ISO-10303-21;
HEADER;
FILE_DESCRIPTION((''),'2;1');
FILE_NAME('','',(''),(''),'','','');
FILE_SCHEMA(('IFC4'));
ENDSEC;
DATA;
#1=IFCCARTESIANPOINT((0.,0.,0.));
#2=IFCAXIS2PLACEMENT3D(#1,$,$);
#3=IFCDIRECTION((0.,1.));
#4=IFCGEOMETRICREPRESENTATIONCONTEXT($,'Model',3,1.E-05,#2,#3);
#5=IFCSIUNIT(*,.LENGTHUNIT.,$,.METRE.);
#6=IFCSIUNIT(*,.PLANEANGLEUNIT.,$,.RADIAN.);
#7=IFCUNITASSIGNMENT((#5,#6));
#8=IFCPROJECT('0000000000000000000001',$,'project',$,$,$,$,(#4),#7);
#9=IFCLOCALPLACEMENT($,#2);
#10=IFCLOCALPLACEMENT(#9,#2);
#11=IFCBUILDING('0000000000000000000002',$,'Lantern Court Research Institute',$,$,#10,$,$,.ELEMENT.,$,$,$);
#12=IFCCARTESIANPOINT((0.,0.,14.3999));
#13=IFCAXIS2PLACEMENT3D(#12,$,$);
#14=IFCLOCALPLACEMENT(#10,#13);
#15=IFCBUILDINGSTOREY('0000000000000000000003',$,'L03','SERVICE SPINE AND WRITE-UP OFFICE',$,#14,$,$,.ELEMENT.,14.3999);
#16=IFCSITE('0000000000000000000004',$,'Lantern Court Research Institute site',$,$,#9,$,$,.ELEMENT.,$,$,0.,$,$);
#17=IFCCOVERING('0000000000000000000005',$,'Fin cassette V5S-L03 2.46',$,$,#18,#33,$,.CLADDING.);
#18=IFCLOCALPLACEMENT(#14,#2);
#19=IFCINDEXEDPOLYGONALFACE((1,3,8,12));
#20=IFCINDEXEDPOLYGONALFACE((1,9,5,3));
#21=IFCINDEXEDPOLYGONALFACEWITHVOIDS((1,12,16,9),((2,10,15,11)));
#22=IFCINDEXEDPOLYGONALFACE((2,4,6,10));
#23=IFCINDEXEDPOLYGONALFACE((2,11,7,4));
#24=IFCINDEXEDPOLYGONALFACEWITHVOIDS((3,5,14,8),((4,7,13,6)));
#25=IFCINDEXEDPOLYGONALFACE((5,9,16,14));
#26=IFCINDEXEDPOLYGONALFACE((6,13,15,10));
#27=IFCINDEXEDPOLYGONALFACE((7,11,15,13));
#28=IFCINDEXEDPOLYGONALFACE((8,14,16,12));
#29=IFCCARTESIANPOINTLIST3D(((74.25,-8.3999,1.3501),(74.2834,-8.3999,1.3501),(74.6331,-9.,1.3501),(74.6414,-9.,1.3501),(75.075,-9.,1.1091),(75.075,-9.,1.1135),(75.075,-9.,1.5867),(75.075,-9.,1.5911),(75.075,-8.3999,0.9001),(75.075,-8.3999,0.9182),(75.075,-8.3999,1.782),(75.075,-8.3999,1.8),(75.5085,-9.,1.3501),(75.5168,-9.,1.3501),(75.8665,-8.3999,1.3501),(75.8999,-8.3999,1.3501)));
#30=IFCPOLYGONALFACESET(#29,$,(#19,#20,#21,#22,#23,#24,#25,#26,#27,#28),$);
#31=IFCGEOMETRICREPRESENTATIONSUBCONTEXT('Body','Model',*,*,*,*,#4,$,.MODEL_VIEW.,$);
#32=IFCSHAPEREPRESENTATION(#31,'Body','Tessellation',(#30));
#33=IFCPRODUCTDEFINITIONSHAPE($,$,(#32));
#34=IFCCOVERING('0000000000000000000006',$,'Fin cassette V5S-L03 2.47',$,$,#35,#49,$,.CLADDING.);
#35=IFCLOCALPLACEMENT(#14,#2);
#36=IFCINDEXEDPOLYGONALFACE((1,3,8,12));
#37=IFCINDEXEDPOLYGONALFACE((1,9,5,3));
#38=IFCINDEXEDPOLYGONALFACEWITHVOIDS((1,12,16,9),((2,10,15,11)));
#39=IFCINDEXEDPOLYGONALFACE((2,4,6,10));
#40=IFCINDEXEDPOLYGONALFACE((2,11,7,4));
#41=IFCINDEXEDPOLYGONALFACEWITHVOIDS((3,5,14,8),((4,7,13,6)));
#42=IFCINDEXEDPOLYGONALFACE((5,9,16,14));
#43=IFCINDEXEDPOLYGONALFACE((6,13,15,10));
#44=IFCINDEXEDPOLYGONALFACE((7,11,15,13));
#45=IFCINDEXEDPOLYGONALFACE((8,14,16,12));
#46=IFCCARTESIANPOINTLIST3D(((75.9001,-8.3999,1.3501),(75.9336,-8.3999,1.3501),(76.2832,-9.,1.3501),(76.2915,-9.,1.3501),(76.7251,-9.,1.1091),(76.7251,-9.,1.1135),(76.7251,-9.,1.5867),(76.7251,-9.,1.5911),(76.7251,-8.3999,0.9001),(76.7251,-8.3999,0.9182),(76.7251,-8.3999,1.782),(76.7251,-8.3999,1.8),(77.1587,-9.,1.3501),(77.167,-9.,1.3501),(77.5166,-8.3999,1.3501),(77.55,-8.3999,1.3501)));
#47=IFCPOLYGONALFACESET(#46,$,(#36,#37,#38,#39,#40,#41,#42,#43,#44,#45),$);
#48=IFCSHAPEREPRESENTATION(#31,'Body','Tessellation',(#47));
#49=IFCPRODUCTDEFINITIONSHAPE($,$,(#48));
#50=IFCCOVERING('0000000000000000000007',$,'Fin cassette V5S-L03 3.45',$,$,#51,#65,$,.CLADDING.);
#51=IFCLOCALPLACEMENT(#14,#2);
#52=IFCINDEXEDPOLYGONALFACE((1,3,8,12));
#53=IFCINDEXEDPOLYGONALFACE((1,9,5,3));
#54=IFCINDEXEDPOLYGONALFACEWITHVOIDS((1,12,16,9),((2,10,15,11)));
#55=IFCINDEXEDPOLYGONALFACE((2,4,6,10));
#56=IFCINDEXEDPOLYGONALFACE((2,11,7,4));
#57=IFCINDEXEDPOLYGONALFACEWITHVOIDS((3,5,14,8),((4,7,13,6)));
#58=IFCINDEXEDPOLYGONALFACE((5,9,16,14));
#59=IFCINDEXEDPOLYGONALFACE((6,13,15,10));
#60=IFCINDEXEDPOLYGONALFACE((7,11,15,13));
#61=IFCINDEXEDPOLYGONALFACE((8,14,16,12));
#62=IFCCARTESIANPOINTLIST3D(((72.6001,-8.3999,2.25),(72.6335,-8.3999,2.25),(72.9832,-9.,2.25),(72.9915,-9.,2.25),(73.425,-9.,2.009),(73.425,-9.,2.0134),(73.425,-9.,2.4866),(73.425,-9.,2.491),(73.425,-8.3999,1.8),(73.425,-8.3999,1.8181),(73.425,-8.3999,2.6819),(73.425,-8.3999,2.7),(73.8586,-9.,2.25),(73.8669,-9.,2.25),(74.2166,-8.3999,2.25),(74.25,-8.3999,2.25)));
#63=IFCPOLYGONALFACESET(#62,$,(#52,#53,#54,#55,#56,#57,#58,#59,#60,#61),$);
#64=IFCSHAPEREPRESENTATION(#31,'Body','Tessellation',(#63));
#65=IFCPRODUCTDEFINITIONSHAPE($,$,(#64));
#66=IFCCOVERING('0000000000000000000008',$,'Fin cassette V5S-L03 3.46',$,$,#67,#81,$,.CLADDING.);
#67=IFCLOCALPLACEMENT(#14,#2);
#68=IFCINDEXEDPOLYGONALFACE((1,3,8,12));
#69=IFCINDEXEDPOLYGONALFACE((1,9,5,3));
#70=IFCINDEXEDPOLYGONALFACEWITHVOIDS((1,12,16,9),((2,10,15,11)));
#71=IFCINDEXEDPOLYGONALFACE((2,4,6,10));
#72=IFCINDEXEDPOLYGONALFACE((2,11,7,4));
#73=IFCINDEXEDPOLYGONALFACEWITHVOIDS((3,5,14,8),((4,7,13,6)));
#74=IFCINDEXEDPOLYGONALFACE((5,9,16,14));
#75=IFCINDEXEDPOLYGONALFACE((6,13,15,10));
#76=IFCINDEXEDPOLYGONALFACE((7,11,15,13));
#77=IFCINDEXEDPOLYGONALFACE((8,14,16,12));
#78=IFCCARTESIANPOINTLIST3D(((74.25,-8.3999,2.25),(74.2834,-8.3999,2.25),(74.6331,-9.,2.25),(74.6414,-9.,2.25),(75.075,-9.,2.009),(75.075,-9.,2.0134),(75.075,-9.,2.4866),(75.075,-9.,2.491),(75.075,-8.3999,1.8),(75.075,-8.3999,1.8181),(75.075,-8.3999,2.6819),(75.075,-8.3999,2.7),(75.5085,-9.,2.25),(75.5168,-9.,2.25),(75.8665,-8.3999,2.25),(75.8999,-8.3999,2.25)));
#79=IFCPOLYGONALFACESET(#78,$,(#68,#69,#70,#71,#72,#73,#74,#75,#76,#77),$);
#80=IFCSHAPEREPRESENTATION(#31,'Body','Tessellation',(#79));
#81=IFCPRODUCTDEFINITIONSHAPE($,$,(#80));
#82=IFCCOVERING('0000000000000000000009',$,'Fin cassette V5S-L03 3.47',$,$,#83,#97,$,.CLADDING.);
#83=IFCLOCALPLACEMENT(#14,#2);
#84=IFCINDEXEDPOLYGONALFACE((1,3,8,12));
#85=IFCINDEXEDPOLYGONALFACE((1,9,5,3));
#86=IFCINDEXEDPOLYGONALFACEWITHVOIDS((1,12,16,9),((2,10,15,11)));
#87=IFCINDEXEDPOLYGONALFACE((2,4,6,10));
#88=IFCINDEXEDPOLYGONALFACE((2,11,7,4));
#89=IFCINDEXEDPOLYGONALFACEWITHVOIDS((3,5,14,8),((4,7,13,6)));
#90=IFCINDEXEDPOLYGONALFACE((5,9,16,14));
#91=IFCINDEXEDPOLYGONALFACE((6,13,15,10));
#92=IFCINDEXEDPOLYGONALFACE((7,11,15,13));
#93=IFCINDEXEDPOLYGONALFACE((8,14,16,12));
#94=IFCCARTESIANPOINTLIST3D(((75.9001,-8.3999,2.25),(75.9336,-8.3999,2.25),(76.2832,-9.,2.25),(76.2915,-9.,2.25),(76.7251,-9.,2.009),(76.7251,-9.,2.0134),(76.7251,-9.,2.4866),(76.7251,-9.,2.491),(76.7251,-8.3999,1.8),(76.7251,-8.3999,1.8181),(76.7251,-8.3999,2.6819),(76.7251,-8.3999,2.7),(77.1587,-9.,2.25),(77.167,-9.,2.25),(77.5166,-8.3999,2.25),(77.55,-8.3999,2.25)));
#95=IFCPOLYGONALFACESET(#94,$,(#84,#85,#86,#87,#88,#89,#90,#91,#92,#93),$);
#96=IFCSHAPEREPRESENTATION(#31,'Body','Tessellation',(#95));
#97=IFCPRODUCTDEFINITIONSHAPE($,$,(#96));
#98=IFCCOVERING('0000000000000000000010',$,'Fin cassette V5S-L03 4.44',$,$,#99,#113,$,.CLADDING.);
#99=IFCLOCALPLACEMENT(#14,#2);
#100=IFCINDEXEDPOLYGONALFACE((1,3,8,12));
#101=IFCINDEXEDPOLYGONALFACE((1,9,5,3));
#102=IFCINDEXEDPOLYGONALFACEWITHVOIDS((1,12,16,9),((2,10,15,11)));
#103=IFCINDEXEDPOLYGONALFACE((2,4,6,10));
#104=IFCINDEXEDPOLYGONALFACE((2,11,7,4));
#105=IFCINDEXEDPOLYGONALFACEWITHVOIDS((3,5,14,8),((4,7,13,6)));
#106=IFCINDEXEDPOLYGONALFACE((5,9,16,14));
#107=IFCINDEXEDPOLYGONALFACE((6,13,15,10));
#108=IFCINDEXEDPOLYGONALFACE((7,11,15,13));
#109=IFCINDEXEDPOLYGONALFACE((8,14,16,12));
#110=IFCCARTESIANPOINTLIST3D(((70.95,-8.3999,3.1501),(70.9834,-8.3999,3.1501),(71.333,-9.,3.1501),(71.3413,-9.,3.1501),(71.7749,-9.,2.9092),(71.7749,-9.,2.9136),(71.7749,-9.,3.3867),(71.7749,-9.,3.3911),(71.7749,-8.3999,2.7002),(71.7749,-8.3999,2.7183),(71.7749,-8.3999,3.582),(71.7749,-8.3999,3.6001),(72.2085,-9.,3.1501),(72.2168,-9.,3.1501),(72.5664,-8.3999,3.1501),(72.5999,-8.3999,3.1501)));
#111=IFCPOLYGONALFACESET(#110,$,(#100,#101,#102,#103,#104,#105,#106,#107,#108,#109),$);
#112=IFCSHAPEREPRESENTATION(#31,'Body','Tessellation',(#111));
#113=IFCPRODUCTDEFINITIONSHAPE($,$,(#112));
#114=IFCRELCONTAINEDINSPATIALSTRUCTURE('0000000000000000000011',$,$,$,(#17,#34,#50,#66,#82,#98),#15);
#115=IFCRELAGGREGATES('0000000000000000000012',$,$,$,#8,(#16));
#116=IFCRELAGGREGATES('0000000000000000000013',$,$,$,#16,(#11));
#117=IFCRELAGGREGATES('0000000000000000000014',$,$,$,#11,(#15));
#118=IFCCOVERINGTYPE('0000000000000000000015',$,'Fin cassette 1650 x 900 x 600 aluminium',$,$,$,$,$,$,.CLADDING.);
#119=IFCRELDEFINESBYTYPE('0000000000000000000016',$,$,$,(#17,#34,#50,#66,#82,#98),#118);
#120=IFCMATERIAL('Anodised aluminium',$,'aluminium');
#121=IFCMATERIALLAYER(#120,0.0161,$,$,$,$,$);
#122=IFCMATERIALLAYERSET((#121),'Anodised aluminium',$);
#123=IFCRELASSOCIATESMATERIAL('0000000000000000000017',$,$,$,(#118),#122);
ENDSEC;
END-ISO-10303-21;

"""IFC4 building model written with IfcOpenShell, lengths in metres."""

from ifc_helpers import new_model, entity, si_unit, direction, frame, origin, place, context, subcontext, project, spatial, material, layer, layer_set, type_object, element, save


model = new_model("IFC4")

# Units and contexts
model_context = context("Model", 3, precision=1e-05, world=origin(), true_north=direction((0.0, 1.0)))
body_context = subcontext(model_context, "Body", "Model", "MODEL_VIEW")
ifc_project = project(units=[si_unit("LENGTHUNIT", "METRE"), si_unit("PLANEANGLEUNIT", "RADIAN")], contexts=[model_context])

# Site, building, storey
site_placement = place(None, origin())
site = spatial("IfcSite", under=ifc_project, at=site_placement, Name="Lantern Court Research Institute site", CompositionType="ELEMENT", RefElevation=0.0)
building_placement = place(site_placement, origin())
building = spatial("IfcBuilding", under=site, at=building_placement, Name="Lantern Court Research Institute", CompositionType="ELEMENT")
storey_placement = place(building_placement, frame((0.0, 0.0, 14.3999)))
storey = spatial("IfcBuildingStorey", under=building, at=storey_placement, Name="L03", Description="SERVICE SPINE AND WRITE-UP OFFICE", CompositionType="ELEMENT", Elevation=14.3999)

# Coverings
ifc_material_1 = material(Name="Anodised aluminium", Category="aluminium")
ifc_layer = layer(ifc_material_1, 0.0161)
ifc_layer_set = layer_set([ifc_layer], Name="Anodised aluminium")
covering_type = type_object("IfcCoveringType", Name="Fin cassette 1650 x 900 x 600 aluminium", PredefinedType="CLADDING", material=ifc_layer_set)
covering_1_placement = place(storey_placement, frame((75.075, -8.3999, 1.3501), z_axis=(0.0, -1.0, 0.0), x_axis=(1.0, 0.0, 0.0)))
cartesian_point_1 = entity("IfcCartesianPoint", [0.825, 0.0])
cartesian_point_2 = entity("IfcCartesianPoint", [0.7915, 0.0])
cartesian_point_3 = entity("IfcCartesianPoint", [0.4419, 0.0])
cartesian_point_4 = entity("IfcCartesianPoint", [0.4336, 0.0])
element("IfcCovering", 1, at=covering_1_placement, inside=storey, type_object=covering_type, Name="Fin cassette V5S-L03 2.46", PredefinedType="CLADDING", context=body_context, shape_type="SweptSolid", body=[
    entity("IfcExtrudedAreaSolidTapered", entity("IfcArbitraryProfileDefWithVoids", "AREA", None, entity("IfcPolyline", [cartesian_point_1, entity("IfcCartesianPoint", [0.0, 0.45]), entity("IfcCartesianPoint", [-0.825, 0.0]), entity("IfcCartesianPoint", [0.0, -0.45]), cartesian_point_1]), [entity("IfcPolyline", [cartesian_point_2, entity("IfcCartesianPoint", [0.0, 0.4319]), entity("IfcCartesianPoint", [-0.7915, 0.0]), entity("IfcCartesianPoint", [0.0, -0.4319]), cartesian_point_2])]), entity("IfcAxis2Placement3D", entity("IfcCartesianPoint", [0.0, 0.0, 0.0])), entity("IfcDirection", [0.0, 0.0, 1.0]), 0.6001, entity("IfcArbitraryProfileDefWithVoids", "AREA", None, entity("IfcPolyline", [cartesian_point_3, entity("IfcCartesianPoint", [0.0, 0.241]), entity("IfcCartesianPoint", [-0.4419, 0.0]), entity("IfcCartesianPoint", [0.0, -0.241]), cartesian_point_3]), [entity("IfcPolyline", [cartesian_point_4, entity("IfcCartesianPoint", [0.0, 0.2366]), entity("IfcCartesianPoint", [-0.4336, 0.0]), entity("IfcCartesianPoint", [0.0, -0.2366]), cartesian_point_4])])),
])
covering_2_placement = place(storey_placement, frame((76.7251, -8.3999, 1.3501), z_axis=(0.0, -1.0, 0.0), x_axis=(1.0, 0.0, 0.0)))
cartesian_point_5 = entity("IfcCartesianPoint", [0.825, 0.0])
cartesian_point_6 = entity("IfcCartesianPoint", [0.7915, 0.0])
cartesian_point_7 = entity("IfcCartesianPoint", [0.4419, 0.0])
cartesian_point_8 = entity("IfcCartesianPoint", [0.4336, 0.0])
element("IfcCovering", 2, at=covering_2_placement, inside=storey, type_object=covering_type, Name="Fin cassette V5S-L03 2.47", PredefinedType="CLADDING", context=body_context, shape_type="SweptSolid", body=[
    entity("IfcExtrudedAreaSolidTapered", entity("IfcArbitraryProfileDefWithVoids", "AREA", None, entity("IfcPolyline", [cartesian_point_5, entity("IfcCartesianPoint", [0.0, 0.45]), entity("IfcCartesianPoint", [-0.825, 0.0]), entity("IfcCartesianPoint", [0.0, -0.45]), cartesian_point_5]), [entity("IfcPolyline", [cartesian_point_6, entity("IfcCartesianPoint", [0.0, 0.4319]), entity("IfcCartesianPoint", [-0.7915, 0.0]), entity("IfcCartesianPoint", [0.0, -0.4319]), cartesian_point_6])]), entity("IfcAxis2Placement3D", entity("IfcCartesianPoint", [0.0, 0.0, 0.0])), entity("IfcDirection", [0.0, 0.0, 1.0]), 0.6001, entity("IfcArbitraryProfileDefWithVoids", "AREA", None, entity("IfcPolyline", [cartesian_point_7, entity("IfcCartesianPoint", [0.0, 0.241]), entity("IfcCartesianPoint", [-0.4419, 0.0]), entity("IfcCartesianPoint", [0.0, -0.241]), cartesian_point_7]), [entity("IfcPolyline", [cartesian_point_8, entity("IfcCartesianPoint", [0.0, 0.2366]), entity("IfcCartesianPoint", [-0.4336, 0.0]), entity("IfcCartesianPoint", [0.0, -0.2366]), cartesian_point_8])])),
])
covering_3_placement = place(storey_placement, frame((73.425, -8.3999, 2.25), z_axis=(0.0, -1.0, 0.0), x_axis=(1.0, 0.0, 0.0)))
cartesian_point_9 = entity("IfcCartesianPoint", [0.825, 0.0])
cartesian_point_10 = entity("IfcCartesianPoint", [0.7915, 0.0])
cartesian_point_11 = entity("IfcCartesianPoint", [0.4419, 0.0])
cartesian_point_12 = entity("IfcCartesianPoint", [0.4336, 0.0])
element("IfcCovering", 3, at=covering_3_placement, inside=storey, type_object=covering_type, Name="Fin cassette V5S-L03 3.45", PredefinedType="CLADDING", context=body_context, shape_type="SweptSolid", body=[
    entity("IfcExtrudedAreaSolidTapered", entity("IfcArbitraryProfileDefWithVoids", "AREA", None, entity("IfcPolyline", [cartesian_point_9, entity("IfcCartesianPoint", [0.0, 0.45]), entity("IfcCartesianPoint", [-0.825, 0.0]), entity("IfcCartesianPoint", [0.0, -0.45]), cartesian_point_9]), [entity("IfcPolyline", [cartesian_point_10, entity("IfcCartesianPoint", [0.0, 0.4319]), entity("IfcCartesianPoint", [-0.7915, 0.0]), entity("IfcCartesianPoint", [0.0, -0.4319]), cartesian_point_10])]), entity("IfcAxis2Placement3D", entity("IfcCartesianPoint", [0.0, 0.0, 0.0])), entity("IfcDirection", [0.0, 0.0, 1.0]), 0.6001, entity("IfcArbitraryProfileDefWithVoids", "AREA", None, entity("IfcPolyline", [cartesian_point_11, entity("IfcCartesianPoint", [0.0, 0.241]), entity("IfcCartesianPoint", [-0.4419, 0.0]), entity("IfcCartesianPoint", [0.0, -0.241]), cartesian_point_11]), [entity("IfcPolyline", [cartesian_point_12, entity("IfcCartesianPoint", [0.0, 0.2366]), entity("IfcCartesianPoint", [-0.4336, 0.0]), entity("IfcCartesianPoint", [0.0, -0.2366]), cartesian_point_12])])),
])
covering_4_placement = place(storey_placement, frame((75.075, -8.3999, 2.25), z_axis=(0.0, -1.0, 0.0), x_axis=(1.0, 0.0, 0.0)))
cartesian_point_13 = entity("IfcCartesianPoint", [0.825, 0.0])
cartesian_point_14 = entity("IfcCartesianPoint", [0.7915, 0.0])
cartesian_point_15 = entity("IfcCartesianPoint", [0.4419, 0.0])
cartesian_point_16 = entity("IfcCartesianPoint", [0.4336, 0.0])
element("IfcCovering", 4, at=covering_4_placement, inside=storey, type_object=covering_type, Name="Fin cassette V5S-L03 3.46", PredefinedType="CLADDING", context=body_context, shape_type="SweptSolid", body=[
    entity("IfcExtrudedAreaSolidTapered", entity("IfcArbitraryProfileDefWithVoids", "AREA", None, entity("IfcPolyline", [cartesian_point_13, entity("IfcCartesianPoint", [0.0, 0.45]), entity("IfcCartesianPoint", [-0.825, 0.0]), entity("IfcCartesianPoint", [0.0, -0.45]), cartesian_point_13]), [entity("IfcPolyline", [cartesian_point_14, entity("IfcCartesianPoint", [0.0, 0.4319]), entity("IfcCartesianPoint", [-0.7915, 0.0]), entity("IfcCartesianPoint", [0.0, -0.4319]), cartesian_point_14])]), entity("IfcAxis2Placement3D", entity("IfcCartesianPoint", [0.0, 0.0, 0.0])), entity("IfcDirection", [0.0, 0.0, 1.0]), 0.6001, entity("IfcArbitraryProfileDefWithVoids", "AREA", None, entity("IfcPolyline", [cartesian_point_15, entity("IfcCartesianPoint", [0.0, 0.241]), entity("IfcCartesianPoint", [-0.4419, 0.0]), entity("IfcCartesianPoint", [0.0, -0.241]), cartesian_point_15]), [entity("IfcPolyline", [cartesian_point_16, entity("IfcCartesianPoint", [0.0, 0.2366]), entity("IfcCartesianPoint", [-0.4336, 0.0]), entity("IfcCartesianPoint", [0.0, -0.2366]), cartesian_point_16])])),
])
covering_5_placement = place(storey_placement, frame((76.7251, -8.3999, 2.25), z_axis=(0.0, -1.0, 0.0), x_axis=(1.0, 0.0, 0.0)))
cartesian_point_17 = entity("IfcCartesianPoint", [0.825, 0.0])
cartesian_point_18 = entity("IfcCartesianPoint", [0.7915, 0.0])
cartesian_point_19 = entity("IfcCartesianPoint", [0.4419, 0.0])
cartesian_point_20 = entity("IfcCartesianPoint", [0.4336, 0.0])
element("IfcCovering", 5, at=covering_5_placement, inside=storey, type_object=covering_type, Name="Fin cassette V5S-L03 3.47", PredefinedType="CLADDING", context=body_context, shape_type="SweptSolid", body=[
    entity("IfcExtrudedAreaSolidTapered", entity("IfcArbitraryProfileDefWithVoids", "AREA", None, entity("IfcPolyline", [cartesian_point_17, entity("IfcCartesianPoint", [0.0, 0.45]), entity("IfcCartesianPoint", [-0.825, 0.0]), entity("IfcCartesianPoint", [0.0, -0.45]), cartesian_point_17]), [entity("IfcPolyline", [cartesian_point_18, entity("IfcCartesianPoint", [0.0, 0.4319]), entity("IfcCartesianPoint", [-0.7915, 0.0]), entity("IfcCartesianPoint", [0.0, -0.4319]), cartesian_point_18])]), entity("IfcAxis2Placement3D", entity("IfcCartesianPoint", [0.0, 0.0, 0.0])), entity("IfcDirection", [0.0, 0.0, 1.0]), 0.6001, entity("IfcArbitraryProfileDefWithVoids", "AREA", None, entity("IfcPolyline", [cartesian_point_19, entity("IfcCartesianPoint", [0.0, 0.241]), entity("IfcCartesianPoint", [-0.4419, 0.0]), entity("IfcCartesianPoint", [0.0, -0.241]), cartesian_point_19]), [entity("IfcPolyline", [cartesian_point_20, entity("IfcCartesianPoint", [0.0, 0.2366]), entity("IfcCartesianPoint", [-0.4336, 0.0]), entity("IfcCartesianPoint", [0.0, -0.2366]), cartesian_point_20])])),
])
covering_6_placement = place(storey_placement, frame((71.7749, -8.3999, 3.1501), z_axis=(0.0, -1.0, 0.0), x_axis=(1.0, 0.0, 0.0)))
cartesian_point_21 = entity("IfcCartesianPoint", [0.825, 0.0])
cartesian_point_22 = entity("IfcCartesianPoint", [0.7915, 0.0])
cartesian_point_23 = entity("IfcCartesianPoint", [0.4419, 0.0])
cartesian_point_24 = entity("IfcCartesianPoint", [0.4336, 0.0])
element("IfcCovering", 6, at=covering_6_placement, inside=storey, type_object=covering_type, Name="Fin cassette V5S-L03 4.44", PredefinedType="CLADDING", context=body_context, shape_type="SweptSolid", body=[
    entity("IfcExtrudedAreaSolidTapered", entity("IfcArbitraryProfileDefWithVoids", "AREA", None, entity("IfcPolyline", [cartesian_point_21, entity("IfcCartesianPoint", [0.0, 0.45]), entity("IfcCartesianPoint", [-0.825, 0.0]), entity("IfcCartesianPoint", [0.0, -0.45]), cartesian_point_21]), [entity("IfcPolyline", [cartesian_point_22, entity("IfcCartesianPoint", [0.0, 0.4319]), entity("IfcCartesianPoint", [-0.7915, 0.0]), entity("IfcCartesianPoint", [0.0, -0.4319]), cartesian_point_22])]), entity("IfcAxis2Placement3D", entity("IfcCartesianPoint", [0.0, 0.0, 0.0])), entity("IfcDirection", [0.0, 0.0, 1.0]), 0.6001, entity("IfcArbitraryProfileDefWithVoids", "AREA", None, entity("IfcPolyline", [cartesian_point_23, entity("IfcCartesianPoint", [0.0, 0.241]), entity("IfcCartesianPoint", [-0.4419, 0.0]), entity("IfcCartesianPoint", [0.0, -0.241]), cartesian_point_23]), [entity("IfcPolyline", [cartesian_point_24, entity("IfcCartesianPoint", [0.0, 0.2366]), entity("IfcCartesianPoint", [-0.4336, 0.0]), entity("IfcCartesianPoint", [0.0, -0.2366]), cartesian_point_24])])),
])

save(model, "model.ifc")
